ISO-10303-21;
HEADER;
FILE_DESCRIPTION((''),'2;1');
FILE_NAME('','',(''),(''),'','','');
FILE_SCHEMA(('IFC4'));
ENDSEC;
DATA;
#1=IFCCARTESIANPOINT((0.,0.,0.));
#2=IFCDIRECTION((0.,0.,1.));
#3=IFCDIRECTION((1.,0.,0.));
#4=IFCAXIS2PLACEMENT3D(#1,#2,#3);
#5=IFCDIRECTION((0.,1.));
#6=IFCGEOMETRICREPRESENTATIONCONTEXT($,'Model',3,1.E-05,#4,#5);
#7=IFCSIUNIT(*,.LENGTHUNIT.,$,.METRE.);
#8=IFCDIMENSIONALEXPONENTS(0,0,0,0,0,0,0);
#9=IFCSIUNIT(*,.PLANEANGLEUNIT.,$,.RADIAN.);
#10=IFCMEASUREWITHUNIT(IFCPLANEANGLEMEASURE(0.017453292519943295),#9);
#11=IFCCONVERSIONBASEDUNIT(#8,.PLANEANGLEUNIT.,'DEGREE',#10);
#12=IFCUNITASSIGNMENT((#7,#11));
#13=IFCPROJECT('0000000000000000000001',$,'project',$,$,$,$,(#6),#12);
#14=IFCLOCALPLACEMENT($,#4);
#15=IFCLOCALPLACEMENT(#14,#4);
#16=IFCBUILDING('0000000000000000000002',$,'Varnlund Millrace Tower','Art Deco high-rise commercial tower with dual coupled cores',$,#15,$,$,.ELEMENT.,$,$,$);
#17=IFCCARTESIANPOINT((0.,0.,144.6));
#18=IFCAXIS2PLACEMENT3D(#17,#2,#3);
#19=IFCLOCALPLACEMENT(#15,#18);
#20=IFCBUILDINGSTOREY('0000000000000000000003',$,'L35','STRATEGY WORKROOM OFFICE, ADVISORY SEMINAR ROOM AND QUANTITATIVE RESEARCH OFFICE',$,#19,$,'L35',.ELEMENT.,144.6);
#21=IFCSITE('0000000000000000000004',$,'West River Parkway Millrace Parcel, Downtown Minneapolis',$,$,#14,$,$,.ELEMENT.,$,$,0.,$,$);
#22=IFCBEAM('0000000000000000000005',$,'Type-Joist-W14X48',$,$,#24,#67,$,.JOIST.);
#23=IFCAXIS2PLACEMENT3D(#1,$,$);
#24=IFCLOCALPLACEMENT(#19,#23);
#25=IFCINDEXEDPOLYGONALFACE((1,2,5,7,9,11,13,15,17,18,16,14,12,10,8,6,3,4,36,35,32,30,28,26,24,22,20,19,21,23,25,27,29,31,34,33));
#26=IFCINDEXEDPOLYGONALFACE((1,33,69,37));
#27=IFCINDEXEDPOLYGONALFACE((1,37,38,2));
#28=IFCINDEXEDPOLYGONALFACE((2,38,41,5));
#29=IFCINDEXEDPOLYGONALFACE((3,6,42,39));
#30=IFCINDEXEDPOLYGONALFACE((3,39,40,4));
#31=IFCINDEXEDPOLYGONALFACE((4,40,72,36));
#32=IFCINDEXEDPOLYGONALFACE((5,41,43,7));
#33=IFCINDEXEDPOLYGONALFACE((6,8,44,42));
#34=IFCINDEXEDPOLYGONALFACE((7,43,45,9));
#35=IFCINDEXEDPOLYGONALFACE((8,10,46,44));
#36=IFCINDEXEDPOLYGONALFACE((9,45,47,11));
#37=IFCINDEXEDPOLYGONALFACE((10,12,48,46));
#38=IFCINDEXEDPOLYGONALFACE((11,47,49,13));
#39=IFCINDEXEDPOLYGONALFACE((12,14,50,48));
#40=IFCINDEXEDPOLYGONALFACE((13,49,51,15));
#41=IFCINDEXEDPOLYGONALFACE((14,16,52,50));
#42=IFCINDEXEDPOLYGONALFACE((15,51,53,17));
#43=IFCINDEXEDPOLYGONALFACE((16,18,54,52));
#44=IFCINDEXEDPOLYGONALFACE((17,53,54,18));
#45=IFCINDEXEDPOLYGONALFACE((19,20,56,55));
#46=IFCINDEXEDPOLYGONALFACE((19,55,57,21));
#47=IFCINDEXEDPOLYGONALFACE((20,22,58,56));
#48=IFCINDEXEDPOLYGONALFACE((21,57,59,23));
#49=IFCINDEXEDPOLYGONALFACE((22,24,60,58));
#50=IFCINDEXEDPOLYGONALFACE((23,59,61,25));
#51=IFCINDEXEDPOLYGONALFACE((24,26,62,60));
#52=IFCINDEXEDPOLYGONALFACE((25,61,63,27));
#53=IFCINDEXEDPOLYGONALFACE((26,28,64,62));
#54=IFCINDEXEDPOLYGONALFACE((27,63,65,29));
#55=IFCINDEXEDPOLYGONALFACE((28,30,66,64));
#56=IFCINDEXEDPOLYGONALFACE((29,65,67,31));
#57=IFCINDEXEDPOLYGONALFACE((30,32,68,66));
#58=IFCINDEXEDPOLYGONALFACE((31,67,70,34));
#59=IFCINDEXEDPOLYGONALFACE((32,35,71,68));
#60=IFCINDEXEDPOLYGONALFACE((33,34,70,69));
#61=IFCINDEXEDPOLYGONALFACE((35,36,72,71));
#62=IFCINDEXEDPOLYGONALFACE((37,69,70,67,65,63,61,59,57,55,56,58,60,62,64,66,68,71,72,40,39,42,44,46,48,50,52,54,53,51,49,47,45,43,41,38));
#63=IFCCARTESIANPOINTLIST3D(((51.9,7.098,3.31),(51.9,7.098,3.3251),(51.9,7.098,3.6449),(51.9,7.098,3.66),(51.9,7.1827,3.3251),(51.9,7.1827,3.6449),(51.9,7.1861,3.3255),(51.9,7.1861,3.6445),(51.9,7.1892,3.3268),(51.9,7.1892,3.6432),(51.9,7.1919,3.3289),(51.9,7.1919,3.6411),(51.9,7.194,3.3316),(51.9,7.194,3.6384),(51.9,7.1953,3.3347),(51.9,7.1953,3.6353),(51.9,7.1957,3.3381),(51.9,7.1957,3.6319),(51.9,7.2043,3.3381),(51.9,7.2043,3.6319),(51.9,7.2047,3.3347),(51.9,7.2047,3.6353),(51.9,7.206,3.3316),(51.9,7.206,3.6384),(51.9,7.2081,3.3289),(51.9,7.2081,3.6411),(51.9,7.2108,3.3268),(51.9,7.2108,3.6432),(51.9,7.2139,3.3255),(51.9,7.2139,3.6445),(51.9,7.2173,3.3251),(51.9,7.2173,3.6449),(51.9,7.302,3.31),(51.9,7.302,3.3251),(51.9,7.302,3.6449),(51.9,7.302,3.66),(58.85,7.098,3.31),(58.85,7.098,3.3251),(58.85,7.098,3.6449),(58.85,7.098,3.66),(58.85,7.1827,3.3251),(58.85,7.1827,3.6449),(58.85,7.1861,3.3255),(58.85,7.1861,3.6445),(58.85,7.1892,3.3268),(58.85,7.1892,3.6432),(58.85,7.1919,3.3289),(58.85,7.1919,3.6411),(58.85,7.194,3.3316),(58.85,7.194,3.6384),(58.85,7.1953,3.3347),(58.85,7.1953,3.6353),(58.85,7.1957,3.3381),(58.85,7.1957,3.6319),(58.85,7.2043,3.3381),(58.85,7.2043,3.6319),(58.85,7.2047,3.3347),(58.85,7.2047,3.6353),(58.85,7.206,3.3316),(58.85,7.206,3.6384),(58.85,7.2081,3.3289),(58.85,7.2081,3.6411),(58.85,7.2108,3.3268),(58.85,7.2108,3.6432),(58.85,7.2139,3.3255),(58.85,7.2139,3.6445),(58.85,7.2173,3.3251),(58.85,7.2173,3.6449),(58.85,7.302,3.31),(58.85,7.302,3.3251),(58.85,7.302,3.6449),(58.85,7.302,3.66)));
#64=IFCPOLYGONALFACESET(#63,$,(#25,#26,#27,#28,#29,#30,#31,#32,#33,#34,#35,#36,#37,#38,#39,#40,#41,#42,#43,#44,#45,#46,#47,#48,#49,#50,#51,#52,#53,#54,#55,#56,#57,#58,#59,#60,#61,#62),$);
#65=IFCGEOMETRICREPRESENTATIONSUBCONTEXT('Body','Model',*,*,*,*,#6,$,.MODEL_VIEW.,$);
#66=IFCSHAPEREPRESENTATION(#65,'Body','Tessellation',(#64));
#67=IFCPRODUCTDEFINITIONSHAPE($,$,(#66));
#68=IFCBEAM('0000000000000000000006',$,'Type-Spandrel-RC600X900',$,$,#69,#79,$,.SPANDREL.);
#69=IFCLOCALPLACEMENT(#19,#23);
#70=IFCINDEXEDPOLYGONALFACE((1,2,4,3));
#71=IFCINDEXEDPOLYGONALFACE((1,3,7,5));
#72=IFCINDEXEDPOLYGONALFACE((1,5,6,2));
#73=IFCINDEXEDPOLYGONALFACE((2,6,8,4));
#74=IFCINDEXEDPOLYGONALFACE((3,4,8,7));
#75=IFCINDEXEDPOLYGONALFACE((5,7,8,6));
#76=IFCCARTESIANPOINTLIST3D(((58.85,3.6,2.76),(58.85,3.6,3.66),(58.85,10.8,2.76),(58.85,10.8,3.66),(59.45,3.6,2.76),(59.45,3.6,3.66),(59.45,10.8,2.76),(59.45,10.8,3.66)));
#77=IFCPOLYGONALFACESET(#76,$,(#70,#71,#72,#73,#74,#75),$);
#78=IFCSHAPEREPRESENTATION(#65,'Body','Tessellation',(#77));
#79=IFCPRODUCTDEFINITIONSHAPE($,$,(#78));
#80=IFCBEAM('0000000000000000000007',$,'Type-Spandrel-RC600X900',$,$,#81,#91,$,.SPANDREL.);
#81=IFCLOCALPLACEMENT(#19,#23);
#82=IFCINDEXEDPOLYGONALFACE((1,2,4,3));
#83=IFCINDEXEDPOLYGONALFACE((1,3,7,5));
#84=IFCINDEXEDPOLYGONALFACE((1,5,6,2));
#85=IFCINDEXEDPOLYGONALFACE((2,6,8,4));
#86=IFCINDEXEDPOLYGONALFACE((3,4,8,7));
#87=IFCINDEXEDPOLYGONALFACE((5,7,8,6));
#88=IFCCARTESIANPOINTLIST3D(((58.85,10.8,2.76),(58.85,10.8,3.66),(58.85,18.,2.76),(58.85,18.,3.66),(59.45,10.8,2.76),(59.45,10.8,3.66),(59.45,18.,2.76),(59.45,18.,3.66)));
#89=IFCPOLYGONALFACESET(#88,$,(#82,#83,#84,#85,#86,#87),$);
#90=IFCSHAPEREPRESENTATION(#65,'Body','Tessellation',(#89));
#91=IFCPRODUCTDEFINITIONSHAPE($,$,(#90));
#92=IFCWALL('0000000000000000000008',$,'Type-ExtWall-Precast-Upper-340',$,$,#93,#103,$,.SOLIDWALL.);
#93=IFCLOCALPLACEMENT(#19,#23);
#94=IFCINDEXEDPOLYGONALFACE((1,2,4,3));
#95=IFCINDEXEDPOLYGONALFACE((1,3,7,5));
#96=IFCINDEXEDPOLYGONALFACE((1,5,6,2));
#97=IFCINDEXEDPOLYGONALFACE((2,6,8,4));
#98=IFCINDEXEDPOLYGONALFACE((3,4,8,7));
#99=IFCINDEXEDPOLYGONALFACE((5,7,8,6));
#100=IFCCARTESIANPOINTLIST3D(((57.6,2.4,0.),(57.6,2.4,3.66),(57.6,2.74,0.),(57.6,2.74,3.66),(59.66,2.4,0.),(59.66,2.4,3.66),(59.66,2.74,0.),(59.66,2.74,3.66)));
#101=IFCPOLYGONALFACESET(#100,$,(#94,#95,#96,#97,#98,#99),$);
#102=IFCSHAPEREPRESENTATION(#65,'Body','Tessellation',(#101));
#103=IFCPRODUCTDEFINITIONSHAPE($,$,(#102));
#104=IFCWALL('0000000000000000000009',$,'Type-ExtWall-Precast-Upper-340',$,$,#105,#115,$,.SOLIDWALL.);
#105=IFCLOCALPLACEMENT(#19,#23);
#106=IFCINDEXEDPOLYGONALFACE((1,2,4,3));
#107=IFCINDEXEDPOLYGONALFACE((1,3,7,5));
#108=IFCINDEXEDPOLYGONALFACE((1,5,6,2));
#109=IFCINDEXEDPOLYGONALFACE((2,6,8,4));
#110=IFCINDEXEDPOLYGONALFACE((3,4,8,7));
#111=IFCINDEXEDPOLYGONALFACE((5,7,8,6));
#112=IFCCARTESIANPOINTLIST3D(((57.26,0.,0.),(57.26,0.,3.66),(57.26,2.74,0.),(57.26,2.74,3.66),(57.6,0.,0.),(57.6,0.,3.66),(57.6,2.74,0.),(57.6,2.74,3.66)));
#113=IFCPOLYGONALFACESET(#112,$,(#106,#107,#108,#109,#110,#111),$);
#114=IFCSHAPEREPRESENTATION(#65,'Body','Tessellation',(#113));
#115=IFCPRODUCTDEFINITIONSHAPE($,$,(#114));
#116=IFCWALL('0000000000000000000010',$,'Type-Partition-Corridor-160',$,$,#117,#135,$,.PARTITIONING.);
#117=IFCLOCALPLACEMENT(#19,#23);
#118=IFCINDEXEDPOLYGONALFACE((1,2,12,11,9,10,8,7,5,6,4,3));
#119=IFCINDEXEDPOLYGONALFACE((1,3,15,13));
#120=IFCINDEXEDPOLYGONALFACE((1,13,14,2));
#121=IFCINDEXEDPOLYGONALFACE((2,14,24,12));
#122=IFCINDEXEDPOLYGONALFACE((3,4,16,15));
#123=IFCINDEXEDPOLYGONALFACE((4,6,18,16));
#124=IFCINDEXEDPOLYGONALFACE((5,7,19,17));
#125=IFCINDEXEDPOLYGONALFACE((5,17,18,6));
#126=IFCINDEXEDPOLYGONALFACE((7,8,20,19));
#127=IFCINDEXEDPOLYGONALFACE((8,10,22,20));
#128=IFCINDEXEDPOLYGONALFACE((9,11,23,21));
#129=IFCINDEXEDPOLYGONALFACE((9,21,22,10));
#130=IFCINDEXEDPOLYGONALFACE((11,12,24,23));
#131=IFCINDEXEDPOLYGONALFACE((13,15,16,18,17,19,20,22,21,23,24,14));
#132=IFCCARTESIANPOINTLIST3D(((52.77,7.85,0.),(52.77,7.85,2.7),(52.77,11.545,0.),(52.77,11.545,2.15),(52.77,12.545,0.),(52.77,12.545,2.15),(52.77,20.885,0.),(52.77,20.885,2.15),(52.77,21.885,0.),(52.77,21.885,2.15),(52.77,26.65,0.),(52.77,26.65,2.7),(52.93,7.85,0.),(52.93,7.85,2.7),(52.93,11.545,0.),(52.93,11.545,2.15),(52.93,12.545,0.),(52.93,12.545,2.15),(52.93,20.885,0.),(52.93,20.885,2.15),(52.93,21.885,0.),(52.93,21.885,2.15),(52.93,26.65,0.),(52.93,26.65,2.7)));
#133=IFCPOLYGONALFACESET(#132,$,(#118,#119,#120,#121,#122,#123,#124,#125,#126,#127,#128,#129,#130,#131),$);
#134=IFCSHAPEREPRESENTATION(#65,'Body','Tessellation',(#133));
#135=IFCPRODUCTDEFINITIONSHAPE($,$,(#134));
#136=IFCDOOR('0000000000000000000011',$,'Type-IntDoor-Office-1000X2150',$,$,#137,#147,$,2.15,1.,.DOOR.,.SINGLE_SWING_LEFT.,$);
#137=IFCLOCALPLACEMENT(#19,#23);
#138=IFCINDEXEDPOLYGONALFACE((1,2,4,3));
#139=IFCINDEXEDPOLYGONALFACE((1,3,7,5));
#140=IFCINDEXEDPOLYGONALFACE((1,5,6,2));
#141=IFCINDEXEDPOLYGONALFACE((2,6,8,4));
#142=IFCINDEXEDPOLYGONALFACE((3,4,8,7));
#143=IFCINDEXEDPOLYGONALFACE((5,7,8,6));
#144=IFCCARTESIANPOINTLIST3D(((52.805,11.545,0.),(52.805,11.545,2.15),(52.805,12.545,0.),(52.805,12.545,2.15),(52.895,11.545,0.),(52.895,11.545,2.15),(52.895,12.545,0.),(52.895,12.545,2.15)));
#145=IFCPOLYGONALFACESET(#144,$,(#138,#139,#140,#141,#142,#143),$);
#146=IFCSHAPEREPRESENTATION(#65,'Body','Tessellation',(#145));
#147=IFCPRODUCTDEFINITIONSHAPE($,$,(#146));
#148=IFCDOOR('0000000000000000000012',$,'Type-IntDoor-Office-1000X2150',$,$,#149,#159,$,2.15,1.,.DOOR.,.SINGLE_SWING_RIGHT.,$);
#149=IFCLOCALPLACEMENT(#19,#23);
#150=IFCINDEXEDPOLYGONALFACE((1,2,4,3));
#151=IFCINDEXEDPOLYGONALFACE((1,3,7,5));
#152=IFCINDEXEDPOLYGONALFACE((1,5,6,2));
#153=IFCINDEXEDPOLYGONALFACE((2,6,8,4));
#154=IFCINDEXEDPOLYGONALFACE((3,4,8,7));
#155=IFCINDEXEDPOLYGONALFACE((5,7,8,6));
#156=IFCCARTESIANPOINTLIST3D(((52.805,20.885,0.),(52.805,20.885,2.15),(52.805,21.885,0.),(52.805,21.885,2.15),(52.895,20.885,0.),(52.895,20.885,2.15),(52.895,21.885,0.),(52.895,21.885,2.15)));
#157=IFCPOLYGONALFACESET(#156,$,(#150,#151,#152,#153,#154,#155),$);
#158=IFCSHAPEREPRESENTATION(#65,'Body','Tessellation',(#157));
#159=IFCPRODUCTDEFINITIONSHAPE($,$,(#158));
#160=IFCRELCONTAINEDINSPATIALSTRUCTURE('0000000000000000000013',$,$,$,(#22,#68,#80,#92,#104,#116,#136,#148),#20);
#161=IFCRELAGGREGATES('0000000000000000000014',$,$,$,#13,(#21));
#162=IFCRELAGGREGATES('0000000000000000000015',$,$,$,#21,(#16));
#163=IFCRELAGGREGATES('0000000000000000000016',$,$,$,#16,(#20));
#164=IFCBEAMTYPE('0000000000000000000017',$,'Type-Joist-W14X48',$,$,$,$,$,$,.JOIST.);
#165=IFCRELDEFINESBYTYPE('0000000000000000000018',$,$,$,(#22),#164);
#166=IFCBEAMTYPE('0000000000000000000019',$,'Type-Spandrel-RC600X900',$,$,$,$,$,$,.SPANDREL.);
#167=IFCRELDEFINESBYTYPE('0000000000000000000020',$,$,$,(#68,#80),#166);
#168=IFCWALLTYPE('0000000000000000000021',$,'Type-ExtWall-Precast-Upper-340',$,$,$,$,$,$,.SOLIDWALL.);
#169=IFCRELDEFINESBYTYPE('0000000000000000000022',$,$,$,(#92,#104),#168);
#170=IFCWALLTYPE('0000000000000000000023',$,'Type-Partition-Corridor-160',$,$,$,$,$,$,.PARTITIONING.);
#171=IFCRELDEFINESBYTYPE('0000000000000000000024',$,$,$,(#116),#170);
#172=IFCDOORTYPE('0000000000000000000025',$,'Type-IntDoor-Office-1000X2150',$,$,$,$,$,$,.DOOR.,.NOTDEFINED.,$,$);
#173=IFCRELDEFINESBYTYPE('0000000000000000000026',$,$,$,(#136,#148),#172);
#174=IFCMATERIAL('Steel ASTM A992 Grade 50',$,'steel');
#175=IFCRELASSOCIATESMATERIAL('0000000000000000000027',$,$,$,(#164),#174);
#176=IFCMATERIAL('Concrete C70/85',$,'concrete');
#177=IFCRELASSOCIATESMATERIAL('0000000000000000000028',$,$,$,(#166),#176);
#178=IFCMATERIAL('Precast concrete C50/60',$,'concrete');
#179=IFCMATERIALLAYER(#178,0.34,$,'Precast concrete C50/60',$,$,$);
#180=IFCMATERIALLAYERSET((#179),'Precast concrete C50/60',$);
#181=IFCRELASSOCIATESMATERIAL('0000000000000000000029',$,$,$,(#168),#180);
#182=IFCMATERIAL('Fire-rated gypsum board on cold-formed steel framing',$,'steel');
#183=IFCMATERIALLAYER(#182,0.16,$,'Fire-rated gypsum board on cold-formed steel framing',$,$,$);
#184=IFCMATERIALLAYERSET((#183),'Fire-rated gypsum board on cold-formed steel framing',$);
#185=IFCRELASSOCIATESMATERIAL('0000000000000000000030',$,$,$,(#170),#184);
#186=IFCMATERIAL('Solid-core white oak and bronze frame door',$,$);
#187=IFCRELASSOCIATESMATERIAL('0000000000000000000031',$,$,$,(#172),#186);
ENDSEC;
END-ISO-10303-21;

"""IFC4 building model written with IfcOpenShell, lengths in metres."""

from ifc_helpers import new_model, entity, si_unit, converted_unit, direction, frame, origin_with_axes, origin_2d_with_axis, place, context, subcontext, project, spatial, polyline, rectangle, i_section, outline, extrude, material, layer, layer_set, material_profile, profile_set, type_object, element, fill, save


model = new_model("IFC4")

# Units and contexts
model_context = context("Model", 3, precision=1e-05, world=origin_with_axes(), true_north=direction((0.0, 1.0)))
body_context = subcontext(model_context, "Body", "Model", "MODEL_VIEW")
ifc_project = project(units=[si_unit("LENGTHUNIT", "METRE"), converted_unit("PLANEANGLEUNIT", "DEGREE", entity("IfcPlaneAngleMeasure", 0.017453292519943295), si_unit("PLANEANGLEUNIT", "RADIAN"), dimensions=[0, 0, 0, 0, 0, 0, 0])], contexts=[model_context])

# Site, building, storey
site_placement = place(None, origin_with_axes())
site = spatial("IfcSite", under=ifc_project, at=site_placement, Name="West River Parkway Millrace Parcel, Downtown Minneapolis", CompositionType="ELEMENT", RefElevation=0.0)
building_placement = place(site_placement, origin_with_axes())
building = spatial("IfcBuilding", under=site, at=building_placement, Name="Varnlund Millrace Tower", Description="Art Deco high-rise commercial tower with dual coupled cores", CompositionType="ELEMENT")
storey_placement = place(building_placement, frame((0.0, 0.0, 144.6), z_axis=(0.0, 0.0, 1.0), x_axis=(1.0, 0.0, 0.0)))
storey = spatial("IfcBuildingStorey", under=building, at=storey_placement, Name="L35", Description="STRATEGY WORKROOM OFFICE, ADVISORY SEMINAR ROOM AND QUANTITATIVE RESEARCH OFFICE", LongName="L35", CompositionType="ELEMENT", Elevation=144.6)

# Beams
ifc_material_1 = material(Name="Steel ASTM A992 Grade 50", Category="steel")
ifc_material_profile_1 = material_profile(ifc_material_1, i_section(OverallWidth=0.204, OverallDepth=0.35, WebThickness=0.0086, FlangeThickness=0.0151, FilletRadius=0.013, at=origin_2d_with_axis()), Name="Steel ASTM A992 Grade 50")
ifc_profile_set_1 = profile_set([ifc_material_profile_1], Name="Steel ASTM A992 Grade 50")
beam_type_1 = type_object("IfcBeamType", Name="Type-Joist-W14X48", PredefinedType="JOIST", material=ifc_profile_set_1)
beam_placement = place(storey_placement, frame((51.9, 7.2, 3.485), z_axis=(1.0, 0.0, 0.0), x_axis=(0.0, 1.0, 0.0)))
element("IfcBeam", 1, at=beam_placement, inside=storey, type_object=beam_type_1, Name="Type-Joist-W14X48", PredefinedType="JOIST", context=body_context, shape_type="SweptSolid", body=[
    extrude(i_section(OverallWidth=0.204, OverallDepth=0.35, WebThickness=0.0086, FlangeThickness=0.0151, FilletRadius=0.013, at=origin_2d_with_axis()), origin_with_axes(), (0.0, 0.0, 1.0), 6.95),
])
ifc_material_2 = material(Name="Concrete C70/85", Category="concrete")
ifc_material_profile_2 = material_profile(ifc_material_2, rectangle(XDim=0.6, YDim=0.9, at=origin_2d_with_axis()), Name="Concrete C70/85")
ifc_profile_set_2 = profile_set([ifc_material_profile_2], Name="Concrete C70/85")
beam_type_2 = type_object("IfcBeamType", Name="Type-Spandrel-RC600X900", PredefinedType="SPANDREL", material=ifc_profile_set_2)
for number, where, z_axis, x_axis, name in (
    (2, (59.15, 3.6, 3.21), (0.0, 1.0, 0.0), (-1.0, 0.0, 0.0), "Type-Spandrel-RC600X900"),
    (3, (59.15, 10.8, 3.21), (0.0, 1.0, 0.0), (-1.0, 0.0, 0.0), "Type-Spandrel-RC600X900"),
):
    element("IfcBeam", number, at=place(storey_placement, frame(where, z_axis=z_axis, x_axis=x_axis)), inside=storey, type_object=beam_type_2, Name=name, PredefinedType="SPANDREL", context=body_context, shape_type="SweptSolid", body=[
        extrude(rectangle(XDim=0.6, YDim=0.9, at=origin_2d_with_axis()), origin_with_axes(), (0.0, 0.0, 1.0), 7.2),
    ])

# Walls
ifc_material_3 = material(Name="Precast concrete C50/60", Category="concrete")
ifc_layer_1 = layer(ifc_material_3, 0.34, Name="Precast concrete C50/60")
ifc_layer_set_1 = layer_set([ifc_layer_1], Name="Precast concrete C50/60")
wall_type_1 = type_object("IfcWallType", Name="Type-ExtWall-Precast-Upper-340", PredefinedType="SOLIDWALL", material=ifc_layer_set_1)
wall_1_placement = place(storey_placement, frame((59.66, 2.57, 0.0), z_axis=(0.0, 0.0, 1.0), x_axis=(-1.0, 0.0, 0.0)))
element("IfcWall", 4, at=wall_1_placement, inside=storey, type_object=wall_type_1, Name="Type-ExtWall-Precast-Upper-340", PredefinedType="SOLIDWALL", context=body_context, shape_type="SweptSolid", body=[
    extrude(outline(polyline([(0.0, -0.17), (2.06, -0.17), (2.06, 0.17), (0.0, 0.17), (0.0, -0.17)])), origin_with_axes(), (0.0, 0.0, 1.0), 3.66),
])
wall_2_placement = place(storey_placement, frame((57.43, 2.74, 0.0), z_axis=(0.0, 0.0, 1.0), x_axis=(0.0, -1.0, 0.0)))
element("IfcWall", 5, at=wall_2_placement, inside=storey, type_object=wall_type_1, Name="Type-ExtWall-Precast-Upper-340", PredefinedType="SOLIDWALL", context=body_context, shape_type="SweptSolid", body=[
    extrude(outline(polyline([(0.0, -0.17), (2.74, -0.17), (2.74, 0.17), (0.0, 0.17), (0.0, -0.17)])), origin_with_axes(), (0.0, 0.0, 1.0), 3.66),
])

# Wall, openings, doors
ifc_material_4 = material(Name="Fire-rated gypsum board on cold-formed steel framing", Category="steel")
ifc_layer_2 = layer(ifc_material_4, 0.16, Name="Fire-rated gypsum board on cold-formed steel framing")
ifc_layer_set_2 = layer_set([ifc_layer_2], Name="Fire-rated gypsum board on cold-formed steel framing")
wall_type_2 = type_object("IfcWallType", Name="Type-Partition-Corridor-160", PredefinedType="PARTITIONING", material=ifc_layer_set_2)
wall_3_placement = place(storey_placement, frame((52.85, 7.85, 0.0), z_axis=(0.0, 0.0, 1.0), x_axis=(0.0, 1.0, 0.0)))
wall_3 = element("IfcWall", 6, at=wall_3_placement, inside=storey, type_object=wall_type_2, Name="Type-Partition-Corridor-160", PredefinedType="PARTITIONING", context=body_context, shape_type="SweptSolid", body=[
    extrude(outline(polyline([(0.0, -0.08), (18.8, -0.08), (18.8, 0.08), (0.0, 0.08), (0.0, -0.08)])), origin_with_axes(), (0.0, 0.0, 1.0), 2.7),
])
opening_1_placement = place(wall_3_placement, frame((4.195, 0.0, 0.0), z_axis=(0.0, 0.0, 1.0), x_axis=(1.0, 0.0, 0.0)))
opening_1 = element("IfcOpeningElement", 7, at=opening_1_placement, cuts=wall_3, PredefinedType="OPENING", context=body_context, shape_type="SweptSolid", body=[
    extrude(rectangle(XDim=1.0, YDim=0.18, at=origin_2d_with_axis()), origin_with_axes(), (0.0, 0.0, 1.0), 2.15),
])
opening_2_placement = place(wall_3_placement, frame((13.535, 0.0, 0.0), z_axis=(0.0, 0.0, 1.0), x_axis=(1.0, 0.0, 0.0)))
opening_2 = element("IfcOpeningElement", 8, at=opening_2_placement, cuts=wall_3, PredefinedType="OPENING", context=body_context, shape_type="SweptSolid", body=[
    extrude(rectangle(XDim=1.0, YDim=0.18, at=origin_2d_with_axis()), origin_with_axes(), (0.0, 0.0, 1.0), 2.15),
])
ifc_material_5 = material(Name="Solid-core white oak and bronze frame door")
door_type = type_object("IfcDoorType", Name="Type-IntDoor-Office-1000X2150", OperationType="NOTDEFINED", PredefinedType="DOOR", material=ifc_material_5)
door_1_placement = place(wall_3_placement, frame((4.195, 0.0, 0.0), z_axis=(0.0, 0.0, 1.0), x_axis=(1.0, 0.0, 0.0)))
door_1 = element("IfcDoor", 9, at=door_1_placement, inside=storey, type_object=door_type, Name="Type-IntDoor-Office-1000X2150", OperationType="SINGLE_SWING_LEFT", OverallHeight=2.15, OverallWidth=1.0, PredefinedType="DOOR", context=body_context, shape_type="SweptSolid", body=[
    extrude(rectangle(XDim=1.0, YDim=0.09, at=origin_2d_with_axis()), origin_with_axes(), (0.0, 0.0, 1.0), 2.15),
])
fill(opening_1, door_1)
door_2_placement = place(wall_3_placement, frame((13.535, 0.0, 0.0), z_axis=(0.0, 0.0, 1.0), x_axis=(1.0, 0.0, 0.0)))
door_2 = element("IfcDoor", 10, at=door_2_placement, inside=storey, type_object=door_type, Name="Type-IntDoor-Office-1000X2150", OperationType="SINGLE_SWING_RIGHT", OverallHeight=2.15, OverallWidth=1.0, PredefinedType="DOOR", context=body_context, shape_type="SweptSolid", body=[
    extrude(rectangle(XDim=1.0, YDim=0.09, at=origin_2d_with_axis()), origin_with_axes(), (0.0, 0.0, 1.0), 2.15),
])
fill(opening_2, door_2)

save(model, "model.ifc")
